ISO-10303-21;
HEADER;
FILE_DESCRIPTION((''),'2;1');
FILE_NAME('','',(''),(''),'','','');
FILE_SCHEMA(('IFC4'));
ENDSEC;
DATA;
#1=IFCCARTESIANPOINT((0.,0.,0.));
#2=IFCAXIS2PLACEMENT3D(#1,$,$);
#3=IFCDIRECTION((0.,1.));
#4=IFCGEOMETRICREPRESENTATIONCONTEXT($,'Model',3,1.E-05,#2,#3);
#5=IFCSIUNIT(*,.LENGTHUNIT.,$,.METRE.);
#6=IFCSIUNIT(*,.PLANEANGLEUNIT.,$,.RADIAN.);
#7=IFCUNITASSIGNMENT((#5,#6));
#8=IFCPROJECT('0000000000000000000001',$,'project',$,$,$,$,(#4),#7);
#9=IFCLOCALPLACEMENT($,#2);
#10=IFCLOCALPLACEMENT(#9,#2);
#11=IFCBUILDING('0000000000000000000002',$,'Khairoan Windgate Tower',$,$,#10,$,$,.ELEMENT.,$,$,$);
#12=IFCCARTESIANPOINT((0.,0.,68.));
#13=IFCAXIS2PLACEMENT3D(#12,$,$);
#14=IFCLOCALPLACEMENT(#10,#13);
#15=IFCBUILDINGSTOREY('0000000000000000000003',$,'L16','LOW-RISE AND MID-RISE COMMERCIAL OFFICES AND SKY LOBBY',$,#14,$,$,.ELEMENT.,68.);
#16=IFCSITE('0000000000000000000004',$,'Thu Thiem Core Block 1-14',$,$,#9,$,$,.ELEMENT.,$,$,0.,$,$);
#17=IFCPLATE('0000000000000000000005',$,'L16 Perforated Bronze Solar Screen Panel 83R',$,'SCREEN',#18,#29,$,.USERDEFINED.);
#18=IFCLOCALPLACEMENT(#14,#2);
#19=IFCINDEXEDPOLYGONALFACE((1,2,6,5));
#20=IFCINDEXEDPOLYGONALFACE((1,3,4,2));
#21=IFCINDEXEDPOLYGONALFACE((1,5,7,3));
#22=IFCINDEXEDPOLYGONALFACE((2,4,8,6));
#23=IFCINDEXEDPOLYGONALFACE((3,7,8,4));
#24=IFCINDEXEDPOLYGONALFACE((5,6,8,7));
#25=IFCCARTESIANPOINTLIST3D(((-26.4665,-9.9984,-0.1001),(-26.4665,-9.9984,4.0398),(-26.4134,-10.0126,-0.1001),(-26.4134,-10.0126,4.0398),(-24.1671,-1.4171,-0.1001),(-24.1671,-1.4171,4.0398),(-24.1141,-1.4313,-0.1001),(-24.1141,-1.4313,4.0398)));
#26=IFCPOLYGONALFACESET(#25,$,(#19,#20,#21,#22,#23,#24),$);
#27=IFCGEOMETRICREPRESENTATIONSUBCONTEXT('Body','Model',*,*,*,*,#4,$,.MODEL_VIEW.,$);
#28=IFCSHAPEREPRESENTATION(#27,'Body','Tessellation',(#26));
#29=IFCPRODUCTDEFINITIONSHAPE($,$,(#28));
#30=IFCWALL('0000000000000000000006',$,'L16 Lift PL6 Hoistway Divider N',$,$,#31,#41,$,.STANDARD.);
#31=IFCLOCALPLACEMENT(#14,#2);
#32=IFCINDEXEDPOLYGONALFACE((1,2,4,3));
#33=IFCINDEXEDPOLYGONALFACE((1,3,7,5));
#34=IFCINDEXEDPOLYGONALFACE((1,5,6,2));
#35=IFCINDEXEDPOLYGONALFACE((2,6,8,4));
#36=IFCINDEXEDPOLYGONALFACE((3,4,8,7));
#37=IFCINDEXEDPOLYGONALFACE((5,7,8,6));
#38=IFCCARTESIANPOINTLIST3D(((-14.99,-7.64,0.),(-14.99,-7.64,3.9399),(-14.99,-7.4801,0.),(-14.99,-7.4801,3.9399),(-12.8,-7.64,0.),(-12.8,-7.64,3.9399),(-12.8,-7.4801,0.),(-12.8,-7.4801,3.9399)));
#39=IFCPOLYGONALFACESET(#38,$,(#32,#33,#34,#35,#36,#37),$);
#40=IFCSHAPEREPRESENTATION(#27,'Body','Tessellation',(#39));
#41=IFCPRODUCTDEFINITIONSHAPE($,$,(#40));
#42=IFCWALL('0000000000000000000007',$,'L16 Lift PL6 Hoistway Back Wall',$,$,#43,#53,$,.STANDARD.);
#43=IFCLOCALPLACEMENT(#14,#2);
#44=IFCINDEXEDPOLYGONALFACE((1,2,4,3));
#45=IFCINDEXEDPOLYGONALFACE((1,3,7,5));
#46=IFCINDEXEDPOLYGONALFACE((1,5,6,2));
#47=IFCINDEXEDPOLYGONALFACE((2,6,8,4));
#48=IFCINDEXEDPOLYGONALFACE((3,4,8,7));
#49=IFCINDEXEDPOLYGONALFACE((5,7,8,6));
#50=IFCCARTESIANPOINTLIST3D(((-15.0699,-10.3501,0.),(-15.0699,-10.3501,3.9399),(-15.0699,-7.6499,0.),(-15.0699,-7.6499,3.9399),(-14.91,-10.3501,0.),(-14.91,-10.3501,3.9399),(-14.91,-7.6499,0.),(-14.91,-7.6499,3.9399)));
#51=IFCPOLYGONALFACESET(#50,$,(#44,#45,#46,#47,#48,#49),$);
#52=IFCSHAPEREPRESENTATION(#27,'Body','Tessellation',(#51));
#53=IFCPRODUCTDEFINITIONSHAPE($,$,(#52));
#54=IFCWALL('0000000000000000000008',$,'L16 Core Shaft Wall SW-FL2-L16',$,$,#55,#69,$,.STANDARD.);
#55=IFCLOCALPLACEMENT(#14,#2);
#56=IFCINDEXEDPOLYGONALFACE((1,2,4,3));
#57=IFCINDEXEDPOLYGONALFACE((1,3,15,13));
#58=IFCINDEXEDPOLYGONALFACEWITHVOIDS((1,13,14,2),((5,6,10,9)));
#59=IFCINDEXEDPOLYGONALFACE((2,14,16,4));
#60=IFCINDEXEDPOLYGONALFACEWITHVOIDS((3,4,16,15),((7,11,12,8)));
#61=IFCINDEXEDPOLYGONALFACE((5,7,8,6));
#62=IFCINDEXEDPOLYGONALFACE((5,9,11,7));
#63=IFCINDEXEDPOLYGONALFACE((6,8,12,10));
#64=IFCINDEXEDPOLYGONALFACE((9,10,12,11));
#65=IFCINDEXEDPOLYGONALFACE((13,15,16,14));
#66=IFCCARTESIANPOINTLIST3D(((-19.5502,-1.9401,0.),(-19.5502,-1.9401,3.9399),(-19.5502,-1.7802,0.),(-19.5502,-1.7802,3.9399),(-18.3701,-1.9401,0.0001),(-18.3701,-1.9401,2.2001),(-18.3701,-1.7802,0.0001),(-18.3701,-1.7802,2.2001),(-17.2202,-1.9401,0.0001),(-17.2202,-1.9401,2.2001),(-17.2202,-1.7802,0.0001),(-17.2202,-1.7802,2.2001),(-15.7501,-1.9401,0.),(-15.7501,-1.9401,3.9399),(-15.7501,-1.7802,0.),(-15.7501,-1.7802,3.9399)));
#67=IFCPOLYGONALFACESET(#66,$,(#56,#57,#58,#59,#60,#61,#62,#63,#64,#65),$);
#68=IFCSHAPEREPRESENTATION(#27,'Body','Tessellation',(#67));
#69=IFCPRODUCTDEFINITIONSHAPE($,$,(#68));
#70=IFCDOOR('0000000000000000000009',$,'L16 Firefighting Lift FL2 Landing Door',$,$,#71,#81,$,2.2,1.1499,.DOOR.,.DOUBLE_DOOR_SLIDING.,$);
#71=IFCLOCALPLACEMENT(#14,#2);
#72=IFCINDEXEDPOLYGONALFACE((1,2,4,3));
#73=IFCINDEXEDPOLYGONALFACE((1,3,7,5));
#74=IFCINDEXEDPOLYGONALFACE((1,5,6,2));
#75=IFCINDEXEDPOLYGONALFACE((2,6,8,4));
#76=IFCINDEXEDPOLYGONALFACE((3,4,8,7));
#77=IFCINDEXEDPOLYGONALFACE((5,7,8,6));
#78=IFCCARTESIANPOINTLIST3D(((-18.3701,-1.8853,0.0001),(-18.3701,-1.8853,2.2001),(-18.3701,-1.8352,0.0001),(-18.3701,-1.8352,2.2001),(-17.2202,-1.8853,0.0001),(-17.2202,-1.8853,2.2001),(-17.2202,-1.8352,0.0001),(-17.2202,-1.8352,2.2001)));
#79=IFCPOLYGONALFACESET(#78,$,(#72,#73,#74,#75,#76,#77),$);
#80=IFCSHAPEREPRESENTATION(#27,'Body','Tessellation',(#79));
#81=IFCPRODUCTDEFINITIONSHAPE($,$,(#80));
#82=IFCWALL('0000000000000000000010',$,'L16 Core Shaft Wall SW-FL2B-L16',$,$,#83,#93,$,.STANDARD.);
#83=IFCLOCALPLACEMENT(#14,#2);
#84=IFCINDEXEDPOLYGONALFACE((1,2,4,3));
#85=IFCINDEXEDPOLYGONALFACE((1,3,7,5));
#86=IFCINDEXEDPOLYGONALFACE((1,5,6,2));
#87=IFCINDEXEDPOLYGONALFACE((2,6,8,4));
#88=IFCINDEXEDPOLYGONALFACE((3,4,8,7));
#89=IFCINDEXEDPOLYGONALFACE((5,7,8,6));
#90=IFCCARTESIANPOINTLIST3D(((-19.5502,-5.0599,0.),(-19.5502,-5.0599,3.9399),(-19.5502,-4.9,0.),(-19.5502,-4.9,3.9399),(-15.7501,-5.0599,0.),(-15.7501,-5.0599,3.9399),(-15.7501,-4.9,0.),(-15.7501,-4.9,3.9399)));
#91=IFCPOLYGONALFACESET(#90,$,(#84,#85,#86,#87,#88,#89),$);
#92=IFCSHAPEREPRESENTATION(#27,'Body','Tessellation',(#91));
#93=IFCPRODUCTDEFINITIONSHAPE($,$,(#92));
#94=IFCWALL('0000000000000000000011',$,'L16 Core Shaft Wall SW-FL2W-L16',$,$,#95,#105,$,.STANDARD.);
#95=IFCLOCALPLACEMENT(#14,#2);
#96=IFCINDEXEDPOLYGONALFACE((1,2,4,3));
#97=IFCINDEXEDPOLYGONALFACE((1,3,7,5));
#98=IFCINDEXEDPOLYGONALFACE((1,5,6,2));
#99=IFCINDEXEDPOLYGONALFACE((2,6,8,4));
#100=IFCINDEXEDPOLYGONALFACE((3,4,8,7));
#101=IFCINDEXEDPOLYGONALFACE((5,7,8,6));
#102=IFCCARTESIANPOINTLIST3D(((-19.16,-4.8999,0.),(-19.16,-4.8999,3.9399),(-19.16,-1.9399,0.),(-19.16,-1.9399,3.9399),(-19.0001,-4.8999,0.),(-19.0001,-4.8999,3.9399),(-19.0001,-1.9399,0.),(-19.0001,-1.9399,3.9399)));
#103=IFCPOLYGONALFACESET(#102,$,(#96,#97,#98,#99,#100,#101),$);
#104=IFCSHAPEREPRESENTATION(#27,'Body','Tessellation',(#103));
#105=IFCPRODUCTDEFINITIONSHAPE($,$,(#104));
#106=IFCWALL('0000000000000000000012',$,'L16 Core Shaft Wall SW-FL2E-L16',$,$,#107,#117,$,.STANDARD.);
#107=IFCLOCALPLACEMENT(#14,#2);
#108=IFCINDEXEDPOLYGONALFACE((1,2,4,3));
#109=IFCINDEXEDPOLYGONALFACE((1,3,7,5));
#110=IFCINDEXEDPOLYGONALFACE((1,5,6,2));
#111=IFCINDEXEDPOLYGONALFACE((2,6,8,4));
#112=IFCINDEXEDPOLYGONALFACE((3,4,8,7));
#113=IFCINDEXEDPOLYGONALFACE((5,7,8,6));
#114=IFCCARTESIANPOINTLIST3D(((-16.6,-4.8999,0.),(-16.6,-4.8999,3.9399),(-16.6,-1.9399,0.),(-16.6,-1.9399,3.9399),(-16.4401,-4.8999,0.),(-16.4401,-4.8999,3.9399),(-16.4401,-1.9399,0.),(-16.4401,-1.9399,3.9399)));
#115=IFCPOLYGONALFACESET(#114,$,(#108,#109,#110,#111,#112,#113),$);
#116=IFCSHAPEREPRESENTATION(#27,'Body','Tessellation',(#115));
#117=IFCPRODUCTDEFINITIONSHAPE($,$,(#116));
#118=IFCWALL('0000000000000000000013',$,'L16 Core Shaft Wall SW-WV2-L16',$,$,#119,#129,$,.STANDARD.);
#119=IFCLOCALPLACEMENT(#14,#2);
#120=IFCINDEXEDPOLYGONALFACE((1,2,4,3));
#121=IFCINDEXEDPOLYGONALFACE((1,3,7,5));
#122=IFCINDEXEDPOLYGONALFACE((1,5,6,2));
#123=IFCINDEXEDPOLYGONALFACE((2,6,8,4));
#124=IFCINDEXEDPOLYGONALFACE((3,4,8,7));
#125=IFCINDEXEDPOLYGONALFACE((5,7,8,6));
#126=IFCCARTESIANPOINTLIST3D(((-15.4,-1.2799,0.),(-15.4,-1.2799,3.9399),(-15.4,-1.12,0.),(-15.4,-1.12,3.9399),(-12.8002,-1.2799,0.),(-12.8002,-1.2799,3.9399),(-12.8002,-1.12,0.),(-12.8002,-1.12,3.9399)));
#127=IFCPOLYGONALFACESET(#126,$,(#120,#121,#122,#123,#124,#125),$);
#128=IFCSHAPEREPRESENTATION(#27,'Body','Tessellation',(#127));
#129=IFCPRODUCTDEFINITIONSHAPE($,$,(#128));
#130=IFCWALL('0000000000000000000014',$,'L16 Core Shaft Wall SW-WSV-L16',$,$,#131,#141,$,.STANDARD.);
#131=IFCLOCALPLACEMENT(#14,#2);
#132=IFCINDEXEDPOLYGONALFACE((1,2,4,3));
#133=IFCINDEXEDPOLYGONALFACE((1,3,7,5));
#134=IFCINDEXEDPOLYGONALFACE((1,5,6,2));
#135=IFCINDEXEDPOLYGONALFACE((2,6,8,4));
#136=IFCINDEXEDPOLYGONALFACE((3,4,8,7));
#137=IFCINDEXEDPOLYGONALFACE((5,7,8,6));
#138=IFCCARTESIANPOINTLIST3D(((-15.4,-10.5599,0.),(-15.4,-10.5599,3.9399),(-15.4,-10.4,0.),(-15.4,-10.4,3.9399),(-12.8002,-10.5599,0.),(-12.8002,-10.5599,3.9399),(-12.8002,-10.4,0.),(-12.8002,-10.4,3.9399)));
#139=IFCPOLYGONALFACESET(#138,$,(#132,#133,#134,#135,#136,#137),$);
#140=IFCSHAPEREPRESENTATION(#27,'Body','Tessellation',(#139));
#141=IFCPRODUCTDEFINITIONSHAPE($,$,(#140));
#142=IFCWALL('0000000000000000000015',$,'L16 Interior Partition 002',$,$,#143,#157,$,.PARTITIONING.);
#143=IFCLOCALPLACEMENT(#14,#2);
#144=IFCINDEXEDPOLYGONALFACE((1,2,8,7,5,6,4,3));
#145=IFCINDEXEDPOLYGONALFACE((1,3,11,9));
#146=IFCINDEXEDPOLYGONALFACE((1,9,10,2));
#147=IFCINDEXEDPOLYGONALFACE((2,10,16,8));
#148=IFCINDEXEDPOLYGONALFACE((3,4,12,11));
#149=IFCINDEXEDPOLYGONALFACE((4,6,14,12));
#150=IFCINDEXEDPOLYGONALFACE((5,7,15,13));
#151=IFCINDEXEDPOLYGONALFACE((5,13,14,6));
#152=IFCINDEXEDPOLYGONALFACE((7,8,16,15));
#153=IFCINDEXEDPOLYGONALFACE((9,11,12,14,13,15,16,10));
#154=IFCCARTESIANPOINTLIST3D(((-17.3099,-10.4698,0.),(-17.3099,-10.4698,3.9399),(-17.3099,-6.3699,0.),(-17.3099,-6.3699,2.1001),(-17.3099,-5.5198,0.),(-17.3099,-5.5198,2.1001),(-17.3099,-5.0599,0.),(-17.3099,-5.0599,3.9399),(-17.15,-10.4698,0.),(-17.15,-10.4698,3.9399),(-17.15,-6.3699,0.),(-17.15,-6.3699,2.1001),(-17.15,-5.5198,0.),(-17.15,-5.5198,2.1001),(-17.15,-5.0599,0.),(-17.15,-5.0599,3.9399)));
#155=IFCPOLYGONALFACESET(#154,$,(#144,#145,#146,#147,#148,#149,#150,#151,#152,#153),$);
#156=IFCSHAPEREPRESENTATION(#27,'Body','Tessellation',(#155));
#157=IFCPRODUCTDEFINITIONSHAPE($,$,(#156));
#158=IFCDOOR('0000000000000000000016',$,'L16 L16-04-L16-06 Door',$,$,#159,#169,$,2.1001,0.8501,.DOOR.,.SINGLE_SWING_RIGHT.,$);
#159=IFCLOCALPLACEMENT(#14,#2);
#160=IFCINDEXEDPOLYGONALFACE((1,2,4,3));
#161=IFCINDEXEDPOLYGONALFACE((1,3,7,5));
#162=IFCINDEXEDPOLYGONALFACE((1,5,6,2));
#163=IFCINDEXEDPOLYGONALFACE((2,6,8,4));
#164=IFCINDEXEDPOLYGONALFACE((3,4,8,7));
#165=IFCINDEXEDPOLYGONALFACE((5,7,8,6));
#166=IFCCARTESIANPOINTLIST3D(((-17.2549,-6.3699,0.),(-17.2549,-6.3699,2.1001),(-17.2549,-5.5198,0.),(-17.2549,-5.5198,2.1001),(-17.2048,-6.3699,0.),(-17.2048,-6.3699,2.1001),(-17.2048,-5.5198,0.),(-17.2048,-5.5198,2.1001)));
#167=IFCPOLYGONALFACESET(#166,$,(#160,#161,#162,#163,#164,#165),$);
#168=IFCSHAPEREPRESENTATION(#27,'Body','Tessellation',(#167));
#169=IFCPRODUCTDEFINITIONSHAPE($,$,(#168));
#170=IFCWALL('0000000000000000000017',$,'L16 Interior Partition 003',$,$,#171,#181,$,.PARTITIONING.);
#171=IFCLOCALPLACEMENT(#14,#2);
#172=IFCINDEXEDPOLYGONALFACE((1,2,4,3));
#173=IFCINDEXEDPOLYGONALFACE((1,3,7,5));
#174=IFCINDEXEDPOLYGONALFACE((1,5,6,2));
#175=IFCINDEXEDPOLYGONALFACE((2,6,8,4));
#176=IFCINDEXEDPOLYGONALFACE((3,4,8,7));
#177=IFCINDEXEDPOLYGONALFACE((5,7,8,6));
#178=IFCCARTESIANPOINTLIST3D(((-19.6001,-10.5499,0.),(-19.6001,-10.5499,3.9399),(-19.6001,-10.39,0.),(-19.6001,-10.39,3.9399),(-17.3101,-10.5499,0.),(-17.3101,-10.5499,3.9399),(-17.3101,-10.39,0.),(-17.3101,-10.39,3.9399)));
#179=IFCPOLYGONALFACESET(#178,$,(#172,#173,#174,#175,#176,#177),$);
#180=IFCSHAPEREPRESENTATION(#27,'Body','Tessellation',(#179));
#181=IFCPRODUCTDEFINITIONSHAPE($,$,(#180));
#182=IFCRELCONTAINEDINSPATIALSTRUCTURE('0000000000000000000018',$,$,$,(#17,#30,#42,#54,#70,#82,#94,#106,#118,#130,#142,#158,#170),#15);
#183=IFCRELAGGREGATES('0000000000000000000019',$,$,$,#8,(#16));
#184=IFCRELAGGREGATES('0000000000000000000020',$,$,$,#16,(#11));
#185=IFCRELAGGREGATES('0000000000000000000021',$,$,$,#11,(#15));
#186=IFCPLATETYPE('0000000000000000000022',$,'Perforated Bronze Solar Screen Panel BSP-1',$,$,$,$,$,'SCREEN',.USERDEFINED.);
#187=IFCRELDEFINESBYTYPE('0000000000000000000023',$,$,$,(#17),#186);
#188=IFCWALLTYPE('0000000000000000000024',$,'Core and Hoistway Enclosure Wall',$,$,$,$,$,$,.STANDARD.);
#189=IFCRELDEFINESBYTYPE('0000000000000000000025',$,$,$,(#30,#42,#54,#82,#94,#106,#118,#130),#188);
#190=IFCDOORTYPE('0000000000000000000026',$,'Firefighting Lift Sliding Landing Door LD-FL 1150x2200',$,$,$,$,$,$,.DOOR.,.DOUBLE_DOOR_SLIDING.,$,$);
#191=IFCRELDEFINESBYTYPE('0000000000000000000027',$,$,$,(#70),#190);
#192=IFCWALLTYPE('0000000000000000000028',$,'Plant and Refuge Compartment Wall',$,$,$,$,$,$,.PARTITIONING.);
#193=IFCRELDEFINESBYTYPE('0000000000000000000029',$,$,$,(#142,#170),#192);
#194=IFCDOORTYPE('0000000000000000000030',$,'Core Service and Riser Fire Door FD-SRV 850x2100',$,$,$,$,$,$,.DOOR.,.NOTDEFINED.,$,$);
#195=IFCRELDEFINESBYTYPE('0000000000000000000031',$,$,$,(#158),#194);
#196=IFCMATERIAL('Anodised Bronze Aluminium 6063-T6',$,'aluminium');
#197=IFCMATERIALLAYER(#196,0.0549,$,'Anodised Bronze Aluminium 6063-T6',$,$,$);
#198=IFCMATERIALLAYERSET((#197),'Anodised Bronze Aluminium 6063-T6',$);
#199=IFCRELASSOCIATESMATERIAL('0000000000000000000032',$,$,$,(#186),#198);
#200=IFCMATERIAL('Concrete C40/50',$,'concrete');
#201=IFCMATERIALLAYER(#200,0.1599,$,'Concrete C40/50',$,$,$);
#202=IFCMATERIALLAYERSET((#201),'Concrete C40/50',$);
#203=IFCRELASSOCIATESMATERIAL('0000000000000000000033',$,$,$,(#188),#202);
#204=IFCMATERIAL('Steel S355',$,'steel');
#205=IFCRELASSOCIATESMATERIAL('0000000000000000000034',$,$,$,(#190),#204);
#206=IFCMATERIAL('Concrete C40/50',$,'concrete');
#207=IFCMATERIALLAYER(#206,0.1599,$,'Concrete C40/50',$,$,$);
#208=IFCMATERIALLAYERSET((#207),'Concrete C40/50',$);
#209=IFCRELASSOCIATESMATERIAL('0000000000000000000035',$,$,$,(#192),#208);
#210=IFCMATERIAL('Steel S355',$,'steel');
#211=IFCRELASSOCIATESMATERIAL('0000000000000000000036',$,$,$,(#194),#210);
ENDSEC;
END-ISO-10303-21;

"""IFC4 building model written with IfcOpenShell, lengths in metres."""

from ifc_helpers import new_model, si_unit, direction, frame, frame_2d, origin, origin_2d, place, context, subcontext, project, spatial, rectangle, extrude, material, layer, layer_set, type_object, element, fill, save


model = new_model("IFC4")

# Units and contexts
model_context = context("Model", 3, precision=1e-05, world=origin(), true_north=direction((0.0, 1.0)))
body_context = subcontext(model_context, "Body", "Model", "MODEL_VIEW")
ifc_project = project(units=[si_unit("LENGTHUNIT", "METRE"), si_unit("PLANEANGLEUNIT", "RADIAN")], contexts=[model_context])

# Site, building, storey
site_placement = place(None, origin())
site = spatial("IfcSite", under=ifc_project, at=site_placement, Name="Thu Thiem Core Block 1-14", CompositionType="ELEMENT", RefElevation=0.0)
building_placement = place(site_placement, origin())
building = spatial("IfcBuilding", under=site, at=building_placement, Name="Khairoan Windgate Tower", CompositionType="ELEMENT")
storey_placement = place(building_placement, frame((0.0, 0.0, 68.0)))
storey = spatial("IfcBuildingStorey", under=building, at=storey_placement, Name="L16", Description="LOW-RISE AND MID-RISE COMMERCIAL OFFICES AND SKY LOBBY", CompositionType="ELEMENT", Elevation=68.0)

# Plate
ifc_material_1 = material(Name="Anodised Bronze Aluminium 6063-T6", Category="aluminium")
ifc_layer_1 = layer(ifc_material_1, 0.0549, Name="Anodised Bronze Aluminium 6063-T6")
ifc_layer_set_1 = layer_set([ifc_layer_1], Name="Anodised Bronze Aluminium 6063-T6")
plate_type_1 = type_object("IfcPlateType", Name="Perforated Bronze Solar Screen Panel BSP-1", ElementType="SCREEN", PredefinedType="USERDEFINED", material=ifc_layer_set_1)
plate_1_placement = place(storey_placement, frame((-25.2903, -5.7148, -0.1001), z_axis=(0.0, 0.0, 1.0), x_axis=(0.258819, 0.965926, 0.0)))
element("IfcPlate", 1, at=plate_1_placement, inside=storey, type_object=plate_type_1, Name="L16 Perforated Bronze Solar Screen Panel 83R", ObjectType="SCREEN", PredefinedType="USERDEFINED", context=body_context, shape_type="SweptSolid", body=[
    extrude(rectangle(XDim=8.884, YDim=0.0549, at=origin_2d()), origin(), (0.0, 0.0, 1.0), 4.1399),
])

# Walls
ifc_material_2 = material(Name="Concrete C40/50", Category="concrete")
ifc_layer_2 = layer(ifc_material_2, 0.1599, Name="Concrete C40/50")
ifc_layer_set_2 = layer_set([ifc_layer_2], Name="Concrete C40/50")
wall_type_1 = type_object("IfcWallType", Name="Core and Hoistway Enclosure Wall", PredefinedType="STANDARD", material=ifc_layer_set_2)
wall_1_placement = place(storey_placement, frame((-14.99, -7.5601, 0.0), z_axis=(0.0, 0.0, 1.0), x_axis=(1.0, 0.0, 0.0)))
element("IfcWall", 2, at=wall_1_placement, inside=storey, type_object=wall_type_1, Name="L16 Lift PL6 Hoistway Divider N", PredefinedType="STANDARD", context=body_context, shape_type="SweptSolid", body=[
    extrude(rectangle(XDim=2.1899, YDim=0.1599, at=frame_2d((1.095, 0.0))), origin(), (0.0, 0.0, 1.0), 3.9399),
])
wall_2_placement = place(storey_placement, frame((-14.99, -10.3501, 0.0), z_axis=(0.0, 0.0, 1.0), x_axis=(0.0, 1.0, 0.0)))
element("IfcWall", 3, at=wall_2_placement, inside=storey, type_object=wall_type_1, Name="L16 Lift PL6 Hoistway Back Wall", PredefinedType="STANDARD", context=body_context, shape_type="SweptSolid", body=[
    extrude(rectangle(XDim=2.7002, YDim=0.1599, at=frame_2d((1.3501, 0.0))), origin(), (0.0, 0.0, 1.0), 3.9399),
])

# Wall, opening, door
wall_3_placement = place(storey_placement, frame((-19.55, -1.8601, 0.0), z_axis=(0.0, 0.0, 1.0), x_axis=(1.0, 0.0, 0.0)))
wall_3 = element("IfcWall", 4, at=wall_3_placement, inside=storey, type_object=wall_type_1, Name="L16 Core Shaft Wall SW-FL2-L16", PredefinedType="STANDARD", context=body_context, shape_type="SweptSolid", body=[
    extrude(rectangle(XDim=3.8, YDim=0.1599, at=frame_2d((1.8999, 0.0))), origin(), (0.0, 0.0, 1.0), 3.9399),
])
opening_1_placement = place(wall_3_placement, frame((1.1799, 0.0, 0.0)))
opening_1 = element("IfcOpeningElement", 5, at=opening_1_placement, cuts=wall_3, PredefinedType="OPENING", context=body_context, shape_type="SweptSolid", body=[
    extrude(rectangle(XDim=1.1499, YDim=2.2, at=frame_2d((0.575, 1.1001))), frame((0.0, 0.0898, 0.0), z_axis=(0.0, -1.0, 0.0), x_axis=(1.0, 0.0, 0.0)), (0.0, 0.0, 1.0), 0.1799),
])
ifc_material_3 = material(Name="Steel S355", Category="steel")
door_type_1 = type_object("IfcDoorType", Name="Firefighting Lift Sliding Landing Door LD-FL 1150x2200", OperationType="DOUBLE_DOOR_SLIDING", PredefinedType="DOOR", material=ifc_material_3)
door_1_placement = place(opening_1_placement, origin())
door_1 = element("IfcDoor", 6, at=door_1_placement, inside=storey, type_object=door_type_1, Name="L16 Firefighting Lift FL2 Landing Door", OperationType="DOUBLE_DOOR_SLIDING", OverallHeight=2.2, OverallWidth=1.1499, PredefinedType="DOOR", context=body_context, shape_type="SweptSolid", body=[
    extrude(rectangle(XDim=1.1499, YDim=2.2, at=frame_2d((0.575, 1.1001))), frame((0.0, 0.0249, 0.0), z_axis=(0.0, -1.0, 0.0), x_axis=(1.0, 0.0, 0.0)), (0.0, 0.0, 1.0), 0.05),
])
fill(opening_1, door_1)

# Walls
wall_4_placement = place(storey_placement, frame((-19.55, -4.98, 0.0), z_axis=(0.0, 0.0, 1.0), x_axis=(1.0, 0.0, 0.0)))
element("IfcWall", 7, at=wall_4_placement, inside=storey, type_object=wall_type_1, Name="L16 Core Shaft Wall SW-FL2B-L16", PredefinedType="STANDARD", context=body_context, shape_type="SweptSolid", body=[
    extrude(rectangle(XDim=3.8, YDim=0.1599, at=frame_2d((1.8999, 0.0))), origin(), (0.0, 0.0, 1.0), 3.9399),
])
for number, where, z_axis, x_axis, name in (
    (8, (-19.0801, -4.8999, 0.0), (0.0, 0.0, 1.0), (0.0, 1.0, 0.0), "L16 Core Shaft Wall SW-FL2W-L16"),
    (9, (-16.52, -4.8999, 0.0), (0.0, 0.0, 1.0), (0.0, 1.0, 0.0), "L16 Core Shaft Wall SW-FL2E-L16"),
):
    element("IfcWall", number, at=place(storey_placement, frame(where, z_axis=z_axis, x_axis=x_axis)), inside=storey, type_object=wall_type_1, Name=name, PredefinedType="STANDARD", context=body_context, shape_type="SweptSolid", body=[
        extrude(rectangle(XDim=2.96, YDim=0.1599, at=frame_2d((1.48, 0.0))), origin(), (0.0, 0.0, 1.0), 3.9399),
    ])
for number, where, z_axis, x_axis, name in (
    (10, (-15.3999, -1.2, 0.0), (0.0, 0.0, 1.0), (1.0, 0.0, 0.0), "L16 Core Shaft Wall SW-WV2-L16"),
    (11, (-15.3999, -10.48, 0.0), (0.0, 0.0, 1.0), (1.0, 0.0, 0.0), "L16 Core Shaft Wall SW-WSV-L16"),
):
    element("IfcWall", number, at=place(storey_placement, frame(where, z_axis=z_axis, x_axis=x_axis)), inside=storey, type_object=wall_type_1, Name=name, PredefinedType="STANDARD", context=body_context, shape_type="SweptSolid", body=[
        extrude(rectangle(XDim=2.5999, YDim=0.1599, at=frame_2d((1.2998, 0.0))), origin(), (0.0, 0.0, 1.0), 3.9399),
    ])

# Wall, opening, door
ifc_material_4 = material(Name="Concrete C40/50", Category="concrete")
ifc_layer_3 = layer(ifc_material_4, 0.1599, Name="Concrete C40/50")
ifc_layer_set_3 = layer_set([ifc_layer_3], Name="Concrete C40/50")
wall_type_2 = type_object("IfcWallType", Name="Plant and Refuge Compartment Wall", PredefinedType="PARTITIONING", material=ifc_layer_set_3)
wall_5_placement = place(storey_placement, frame((-17.23, -10.47, 0.0), z_axis=(0.0, 0.0, 1.0), x_axis=(0.0, 1.0, 0.0)))
wall_5 = element("IfcWall", 12, at=wall_5_placement, inside=storey, type_object=wall_type_2, Name="L16 Interior Partition 002", PredefinedType="PARTITIONING", context=body_context, shape_type="SweptSolid", body=[
    extrude(rectangle(XDim=5.4099, YDim=0.1599, at=frame_2d((2.7051, 0.0))), origin(), (0.0, 0.0, 1.0), 3.9399),
])
opening_2_placement = place(wall_5_placement, frame((4.1001, 0.0, 0.0)))
opening_2 = element("IfcOpeningElement", 13, at=opening_2_placement, cuts=wall_5, PredefinedType="OPENING", context=body_context, shape_type="SweptSolid", body=[
    extrude(rectangle(XDim=0.8501, YDim=2.1001, at=frame_2d((0.425, 1.05))), frame((0.0, 0.0898, 0.0), z_axis=(0.0, -1.0, 0.0), x_axis=(1.0, 0.0, 0.0)), (0.0, 0.0, 1.0), 0.1799),
])
ifc_material_5 = material(Name="Steel S355", Category="steel")
door_type_2 = type_object("IfcDoorType", Name="Core Service and Riser Fire Door FD-SRV 850x2100", OperationType="NOTDEFINED", PredefinedType="DOOR", material=ifc_material_5)
door_2_placement = place(opening_2_placement, origin())
door_2 = element("IfcDoor", 14, at=door_2_placement, inside=storey, type_object=door_type_2, Name="L16 L16-04-L16-06 Door", OperationType="SINGLE_SWING_RIGHT", OverallHeight=2.1001, OverallWidth=0.8501, PredefinedType="DOOR", context=body_context, shape_type="SweptSolid", body=[
    extrude(rectangle(XDim=0.8501, YDim=2.1001, at=frame_2d((0.425, 1.05))), frame((0.0, 0.0249, 0.0), z_axis=(0.0, -1.0, 0.0), x_axis=(1.0, 0.0, 0.0)), (0.0, 0.0, 1.0), 0.05),
])
fill(opening_2, door_2)

# Wall
wall_6_placement = place(storey_placement, frame((-19.6001, -10.47, 0.0), z_axis=(0.0, 0.0, 1.0), x_axis=(1.0, 0.0, 0.0)))
element("IfcWall", 15, at=wall_6_placement, inside=storey, type_object=wall_type_2, Name="L16 Interior Partition 003", PredefinedType="PARTITIONING", context=body_context, shape_type="SweptSolid", body=[
    extrude(rectangle(XDim=2.29, YDim=0.1599, at=frame_2d((1.145, 0.0))), origin(), (0.0, 0.0, 1.0), 3.9399),
])

save(model, "model.ifc")
